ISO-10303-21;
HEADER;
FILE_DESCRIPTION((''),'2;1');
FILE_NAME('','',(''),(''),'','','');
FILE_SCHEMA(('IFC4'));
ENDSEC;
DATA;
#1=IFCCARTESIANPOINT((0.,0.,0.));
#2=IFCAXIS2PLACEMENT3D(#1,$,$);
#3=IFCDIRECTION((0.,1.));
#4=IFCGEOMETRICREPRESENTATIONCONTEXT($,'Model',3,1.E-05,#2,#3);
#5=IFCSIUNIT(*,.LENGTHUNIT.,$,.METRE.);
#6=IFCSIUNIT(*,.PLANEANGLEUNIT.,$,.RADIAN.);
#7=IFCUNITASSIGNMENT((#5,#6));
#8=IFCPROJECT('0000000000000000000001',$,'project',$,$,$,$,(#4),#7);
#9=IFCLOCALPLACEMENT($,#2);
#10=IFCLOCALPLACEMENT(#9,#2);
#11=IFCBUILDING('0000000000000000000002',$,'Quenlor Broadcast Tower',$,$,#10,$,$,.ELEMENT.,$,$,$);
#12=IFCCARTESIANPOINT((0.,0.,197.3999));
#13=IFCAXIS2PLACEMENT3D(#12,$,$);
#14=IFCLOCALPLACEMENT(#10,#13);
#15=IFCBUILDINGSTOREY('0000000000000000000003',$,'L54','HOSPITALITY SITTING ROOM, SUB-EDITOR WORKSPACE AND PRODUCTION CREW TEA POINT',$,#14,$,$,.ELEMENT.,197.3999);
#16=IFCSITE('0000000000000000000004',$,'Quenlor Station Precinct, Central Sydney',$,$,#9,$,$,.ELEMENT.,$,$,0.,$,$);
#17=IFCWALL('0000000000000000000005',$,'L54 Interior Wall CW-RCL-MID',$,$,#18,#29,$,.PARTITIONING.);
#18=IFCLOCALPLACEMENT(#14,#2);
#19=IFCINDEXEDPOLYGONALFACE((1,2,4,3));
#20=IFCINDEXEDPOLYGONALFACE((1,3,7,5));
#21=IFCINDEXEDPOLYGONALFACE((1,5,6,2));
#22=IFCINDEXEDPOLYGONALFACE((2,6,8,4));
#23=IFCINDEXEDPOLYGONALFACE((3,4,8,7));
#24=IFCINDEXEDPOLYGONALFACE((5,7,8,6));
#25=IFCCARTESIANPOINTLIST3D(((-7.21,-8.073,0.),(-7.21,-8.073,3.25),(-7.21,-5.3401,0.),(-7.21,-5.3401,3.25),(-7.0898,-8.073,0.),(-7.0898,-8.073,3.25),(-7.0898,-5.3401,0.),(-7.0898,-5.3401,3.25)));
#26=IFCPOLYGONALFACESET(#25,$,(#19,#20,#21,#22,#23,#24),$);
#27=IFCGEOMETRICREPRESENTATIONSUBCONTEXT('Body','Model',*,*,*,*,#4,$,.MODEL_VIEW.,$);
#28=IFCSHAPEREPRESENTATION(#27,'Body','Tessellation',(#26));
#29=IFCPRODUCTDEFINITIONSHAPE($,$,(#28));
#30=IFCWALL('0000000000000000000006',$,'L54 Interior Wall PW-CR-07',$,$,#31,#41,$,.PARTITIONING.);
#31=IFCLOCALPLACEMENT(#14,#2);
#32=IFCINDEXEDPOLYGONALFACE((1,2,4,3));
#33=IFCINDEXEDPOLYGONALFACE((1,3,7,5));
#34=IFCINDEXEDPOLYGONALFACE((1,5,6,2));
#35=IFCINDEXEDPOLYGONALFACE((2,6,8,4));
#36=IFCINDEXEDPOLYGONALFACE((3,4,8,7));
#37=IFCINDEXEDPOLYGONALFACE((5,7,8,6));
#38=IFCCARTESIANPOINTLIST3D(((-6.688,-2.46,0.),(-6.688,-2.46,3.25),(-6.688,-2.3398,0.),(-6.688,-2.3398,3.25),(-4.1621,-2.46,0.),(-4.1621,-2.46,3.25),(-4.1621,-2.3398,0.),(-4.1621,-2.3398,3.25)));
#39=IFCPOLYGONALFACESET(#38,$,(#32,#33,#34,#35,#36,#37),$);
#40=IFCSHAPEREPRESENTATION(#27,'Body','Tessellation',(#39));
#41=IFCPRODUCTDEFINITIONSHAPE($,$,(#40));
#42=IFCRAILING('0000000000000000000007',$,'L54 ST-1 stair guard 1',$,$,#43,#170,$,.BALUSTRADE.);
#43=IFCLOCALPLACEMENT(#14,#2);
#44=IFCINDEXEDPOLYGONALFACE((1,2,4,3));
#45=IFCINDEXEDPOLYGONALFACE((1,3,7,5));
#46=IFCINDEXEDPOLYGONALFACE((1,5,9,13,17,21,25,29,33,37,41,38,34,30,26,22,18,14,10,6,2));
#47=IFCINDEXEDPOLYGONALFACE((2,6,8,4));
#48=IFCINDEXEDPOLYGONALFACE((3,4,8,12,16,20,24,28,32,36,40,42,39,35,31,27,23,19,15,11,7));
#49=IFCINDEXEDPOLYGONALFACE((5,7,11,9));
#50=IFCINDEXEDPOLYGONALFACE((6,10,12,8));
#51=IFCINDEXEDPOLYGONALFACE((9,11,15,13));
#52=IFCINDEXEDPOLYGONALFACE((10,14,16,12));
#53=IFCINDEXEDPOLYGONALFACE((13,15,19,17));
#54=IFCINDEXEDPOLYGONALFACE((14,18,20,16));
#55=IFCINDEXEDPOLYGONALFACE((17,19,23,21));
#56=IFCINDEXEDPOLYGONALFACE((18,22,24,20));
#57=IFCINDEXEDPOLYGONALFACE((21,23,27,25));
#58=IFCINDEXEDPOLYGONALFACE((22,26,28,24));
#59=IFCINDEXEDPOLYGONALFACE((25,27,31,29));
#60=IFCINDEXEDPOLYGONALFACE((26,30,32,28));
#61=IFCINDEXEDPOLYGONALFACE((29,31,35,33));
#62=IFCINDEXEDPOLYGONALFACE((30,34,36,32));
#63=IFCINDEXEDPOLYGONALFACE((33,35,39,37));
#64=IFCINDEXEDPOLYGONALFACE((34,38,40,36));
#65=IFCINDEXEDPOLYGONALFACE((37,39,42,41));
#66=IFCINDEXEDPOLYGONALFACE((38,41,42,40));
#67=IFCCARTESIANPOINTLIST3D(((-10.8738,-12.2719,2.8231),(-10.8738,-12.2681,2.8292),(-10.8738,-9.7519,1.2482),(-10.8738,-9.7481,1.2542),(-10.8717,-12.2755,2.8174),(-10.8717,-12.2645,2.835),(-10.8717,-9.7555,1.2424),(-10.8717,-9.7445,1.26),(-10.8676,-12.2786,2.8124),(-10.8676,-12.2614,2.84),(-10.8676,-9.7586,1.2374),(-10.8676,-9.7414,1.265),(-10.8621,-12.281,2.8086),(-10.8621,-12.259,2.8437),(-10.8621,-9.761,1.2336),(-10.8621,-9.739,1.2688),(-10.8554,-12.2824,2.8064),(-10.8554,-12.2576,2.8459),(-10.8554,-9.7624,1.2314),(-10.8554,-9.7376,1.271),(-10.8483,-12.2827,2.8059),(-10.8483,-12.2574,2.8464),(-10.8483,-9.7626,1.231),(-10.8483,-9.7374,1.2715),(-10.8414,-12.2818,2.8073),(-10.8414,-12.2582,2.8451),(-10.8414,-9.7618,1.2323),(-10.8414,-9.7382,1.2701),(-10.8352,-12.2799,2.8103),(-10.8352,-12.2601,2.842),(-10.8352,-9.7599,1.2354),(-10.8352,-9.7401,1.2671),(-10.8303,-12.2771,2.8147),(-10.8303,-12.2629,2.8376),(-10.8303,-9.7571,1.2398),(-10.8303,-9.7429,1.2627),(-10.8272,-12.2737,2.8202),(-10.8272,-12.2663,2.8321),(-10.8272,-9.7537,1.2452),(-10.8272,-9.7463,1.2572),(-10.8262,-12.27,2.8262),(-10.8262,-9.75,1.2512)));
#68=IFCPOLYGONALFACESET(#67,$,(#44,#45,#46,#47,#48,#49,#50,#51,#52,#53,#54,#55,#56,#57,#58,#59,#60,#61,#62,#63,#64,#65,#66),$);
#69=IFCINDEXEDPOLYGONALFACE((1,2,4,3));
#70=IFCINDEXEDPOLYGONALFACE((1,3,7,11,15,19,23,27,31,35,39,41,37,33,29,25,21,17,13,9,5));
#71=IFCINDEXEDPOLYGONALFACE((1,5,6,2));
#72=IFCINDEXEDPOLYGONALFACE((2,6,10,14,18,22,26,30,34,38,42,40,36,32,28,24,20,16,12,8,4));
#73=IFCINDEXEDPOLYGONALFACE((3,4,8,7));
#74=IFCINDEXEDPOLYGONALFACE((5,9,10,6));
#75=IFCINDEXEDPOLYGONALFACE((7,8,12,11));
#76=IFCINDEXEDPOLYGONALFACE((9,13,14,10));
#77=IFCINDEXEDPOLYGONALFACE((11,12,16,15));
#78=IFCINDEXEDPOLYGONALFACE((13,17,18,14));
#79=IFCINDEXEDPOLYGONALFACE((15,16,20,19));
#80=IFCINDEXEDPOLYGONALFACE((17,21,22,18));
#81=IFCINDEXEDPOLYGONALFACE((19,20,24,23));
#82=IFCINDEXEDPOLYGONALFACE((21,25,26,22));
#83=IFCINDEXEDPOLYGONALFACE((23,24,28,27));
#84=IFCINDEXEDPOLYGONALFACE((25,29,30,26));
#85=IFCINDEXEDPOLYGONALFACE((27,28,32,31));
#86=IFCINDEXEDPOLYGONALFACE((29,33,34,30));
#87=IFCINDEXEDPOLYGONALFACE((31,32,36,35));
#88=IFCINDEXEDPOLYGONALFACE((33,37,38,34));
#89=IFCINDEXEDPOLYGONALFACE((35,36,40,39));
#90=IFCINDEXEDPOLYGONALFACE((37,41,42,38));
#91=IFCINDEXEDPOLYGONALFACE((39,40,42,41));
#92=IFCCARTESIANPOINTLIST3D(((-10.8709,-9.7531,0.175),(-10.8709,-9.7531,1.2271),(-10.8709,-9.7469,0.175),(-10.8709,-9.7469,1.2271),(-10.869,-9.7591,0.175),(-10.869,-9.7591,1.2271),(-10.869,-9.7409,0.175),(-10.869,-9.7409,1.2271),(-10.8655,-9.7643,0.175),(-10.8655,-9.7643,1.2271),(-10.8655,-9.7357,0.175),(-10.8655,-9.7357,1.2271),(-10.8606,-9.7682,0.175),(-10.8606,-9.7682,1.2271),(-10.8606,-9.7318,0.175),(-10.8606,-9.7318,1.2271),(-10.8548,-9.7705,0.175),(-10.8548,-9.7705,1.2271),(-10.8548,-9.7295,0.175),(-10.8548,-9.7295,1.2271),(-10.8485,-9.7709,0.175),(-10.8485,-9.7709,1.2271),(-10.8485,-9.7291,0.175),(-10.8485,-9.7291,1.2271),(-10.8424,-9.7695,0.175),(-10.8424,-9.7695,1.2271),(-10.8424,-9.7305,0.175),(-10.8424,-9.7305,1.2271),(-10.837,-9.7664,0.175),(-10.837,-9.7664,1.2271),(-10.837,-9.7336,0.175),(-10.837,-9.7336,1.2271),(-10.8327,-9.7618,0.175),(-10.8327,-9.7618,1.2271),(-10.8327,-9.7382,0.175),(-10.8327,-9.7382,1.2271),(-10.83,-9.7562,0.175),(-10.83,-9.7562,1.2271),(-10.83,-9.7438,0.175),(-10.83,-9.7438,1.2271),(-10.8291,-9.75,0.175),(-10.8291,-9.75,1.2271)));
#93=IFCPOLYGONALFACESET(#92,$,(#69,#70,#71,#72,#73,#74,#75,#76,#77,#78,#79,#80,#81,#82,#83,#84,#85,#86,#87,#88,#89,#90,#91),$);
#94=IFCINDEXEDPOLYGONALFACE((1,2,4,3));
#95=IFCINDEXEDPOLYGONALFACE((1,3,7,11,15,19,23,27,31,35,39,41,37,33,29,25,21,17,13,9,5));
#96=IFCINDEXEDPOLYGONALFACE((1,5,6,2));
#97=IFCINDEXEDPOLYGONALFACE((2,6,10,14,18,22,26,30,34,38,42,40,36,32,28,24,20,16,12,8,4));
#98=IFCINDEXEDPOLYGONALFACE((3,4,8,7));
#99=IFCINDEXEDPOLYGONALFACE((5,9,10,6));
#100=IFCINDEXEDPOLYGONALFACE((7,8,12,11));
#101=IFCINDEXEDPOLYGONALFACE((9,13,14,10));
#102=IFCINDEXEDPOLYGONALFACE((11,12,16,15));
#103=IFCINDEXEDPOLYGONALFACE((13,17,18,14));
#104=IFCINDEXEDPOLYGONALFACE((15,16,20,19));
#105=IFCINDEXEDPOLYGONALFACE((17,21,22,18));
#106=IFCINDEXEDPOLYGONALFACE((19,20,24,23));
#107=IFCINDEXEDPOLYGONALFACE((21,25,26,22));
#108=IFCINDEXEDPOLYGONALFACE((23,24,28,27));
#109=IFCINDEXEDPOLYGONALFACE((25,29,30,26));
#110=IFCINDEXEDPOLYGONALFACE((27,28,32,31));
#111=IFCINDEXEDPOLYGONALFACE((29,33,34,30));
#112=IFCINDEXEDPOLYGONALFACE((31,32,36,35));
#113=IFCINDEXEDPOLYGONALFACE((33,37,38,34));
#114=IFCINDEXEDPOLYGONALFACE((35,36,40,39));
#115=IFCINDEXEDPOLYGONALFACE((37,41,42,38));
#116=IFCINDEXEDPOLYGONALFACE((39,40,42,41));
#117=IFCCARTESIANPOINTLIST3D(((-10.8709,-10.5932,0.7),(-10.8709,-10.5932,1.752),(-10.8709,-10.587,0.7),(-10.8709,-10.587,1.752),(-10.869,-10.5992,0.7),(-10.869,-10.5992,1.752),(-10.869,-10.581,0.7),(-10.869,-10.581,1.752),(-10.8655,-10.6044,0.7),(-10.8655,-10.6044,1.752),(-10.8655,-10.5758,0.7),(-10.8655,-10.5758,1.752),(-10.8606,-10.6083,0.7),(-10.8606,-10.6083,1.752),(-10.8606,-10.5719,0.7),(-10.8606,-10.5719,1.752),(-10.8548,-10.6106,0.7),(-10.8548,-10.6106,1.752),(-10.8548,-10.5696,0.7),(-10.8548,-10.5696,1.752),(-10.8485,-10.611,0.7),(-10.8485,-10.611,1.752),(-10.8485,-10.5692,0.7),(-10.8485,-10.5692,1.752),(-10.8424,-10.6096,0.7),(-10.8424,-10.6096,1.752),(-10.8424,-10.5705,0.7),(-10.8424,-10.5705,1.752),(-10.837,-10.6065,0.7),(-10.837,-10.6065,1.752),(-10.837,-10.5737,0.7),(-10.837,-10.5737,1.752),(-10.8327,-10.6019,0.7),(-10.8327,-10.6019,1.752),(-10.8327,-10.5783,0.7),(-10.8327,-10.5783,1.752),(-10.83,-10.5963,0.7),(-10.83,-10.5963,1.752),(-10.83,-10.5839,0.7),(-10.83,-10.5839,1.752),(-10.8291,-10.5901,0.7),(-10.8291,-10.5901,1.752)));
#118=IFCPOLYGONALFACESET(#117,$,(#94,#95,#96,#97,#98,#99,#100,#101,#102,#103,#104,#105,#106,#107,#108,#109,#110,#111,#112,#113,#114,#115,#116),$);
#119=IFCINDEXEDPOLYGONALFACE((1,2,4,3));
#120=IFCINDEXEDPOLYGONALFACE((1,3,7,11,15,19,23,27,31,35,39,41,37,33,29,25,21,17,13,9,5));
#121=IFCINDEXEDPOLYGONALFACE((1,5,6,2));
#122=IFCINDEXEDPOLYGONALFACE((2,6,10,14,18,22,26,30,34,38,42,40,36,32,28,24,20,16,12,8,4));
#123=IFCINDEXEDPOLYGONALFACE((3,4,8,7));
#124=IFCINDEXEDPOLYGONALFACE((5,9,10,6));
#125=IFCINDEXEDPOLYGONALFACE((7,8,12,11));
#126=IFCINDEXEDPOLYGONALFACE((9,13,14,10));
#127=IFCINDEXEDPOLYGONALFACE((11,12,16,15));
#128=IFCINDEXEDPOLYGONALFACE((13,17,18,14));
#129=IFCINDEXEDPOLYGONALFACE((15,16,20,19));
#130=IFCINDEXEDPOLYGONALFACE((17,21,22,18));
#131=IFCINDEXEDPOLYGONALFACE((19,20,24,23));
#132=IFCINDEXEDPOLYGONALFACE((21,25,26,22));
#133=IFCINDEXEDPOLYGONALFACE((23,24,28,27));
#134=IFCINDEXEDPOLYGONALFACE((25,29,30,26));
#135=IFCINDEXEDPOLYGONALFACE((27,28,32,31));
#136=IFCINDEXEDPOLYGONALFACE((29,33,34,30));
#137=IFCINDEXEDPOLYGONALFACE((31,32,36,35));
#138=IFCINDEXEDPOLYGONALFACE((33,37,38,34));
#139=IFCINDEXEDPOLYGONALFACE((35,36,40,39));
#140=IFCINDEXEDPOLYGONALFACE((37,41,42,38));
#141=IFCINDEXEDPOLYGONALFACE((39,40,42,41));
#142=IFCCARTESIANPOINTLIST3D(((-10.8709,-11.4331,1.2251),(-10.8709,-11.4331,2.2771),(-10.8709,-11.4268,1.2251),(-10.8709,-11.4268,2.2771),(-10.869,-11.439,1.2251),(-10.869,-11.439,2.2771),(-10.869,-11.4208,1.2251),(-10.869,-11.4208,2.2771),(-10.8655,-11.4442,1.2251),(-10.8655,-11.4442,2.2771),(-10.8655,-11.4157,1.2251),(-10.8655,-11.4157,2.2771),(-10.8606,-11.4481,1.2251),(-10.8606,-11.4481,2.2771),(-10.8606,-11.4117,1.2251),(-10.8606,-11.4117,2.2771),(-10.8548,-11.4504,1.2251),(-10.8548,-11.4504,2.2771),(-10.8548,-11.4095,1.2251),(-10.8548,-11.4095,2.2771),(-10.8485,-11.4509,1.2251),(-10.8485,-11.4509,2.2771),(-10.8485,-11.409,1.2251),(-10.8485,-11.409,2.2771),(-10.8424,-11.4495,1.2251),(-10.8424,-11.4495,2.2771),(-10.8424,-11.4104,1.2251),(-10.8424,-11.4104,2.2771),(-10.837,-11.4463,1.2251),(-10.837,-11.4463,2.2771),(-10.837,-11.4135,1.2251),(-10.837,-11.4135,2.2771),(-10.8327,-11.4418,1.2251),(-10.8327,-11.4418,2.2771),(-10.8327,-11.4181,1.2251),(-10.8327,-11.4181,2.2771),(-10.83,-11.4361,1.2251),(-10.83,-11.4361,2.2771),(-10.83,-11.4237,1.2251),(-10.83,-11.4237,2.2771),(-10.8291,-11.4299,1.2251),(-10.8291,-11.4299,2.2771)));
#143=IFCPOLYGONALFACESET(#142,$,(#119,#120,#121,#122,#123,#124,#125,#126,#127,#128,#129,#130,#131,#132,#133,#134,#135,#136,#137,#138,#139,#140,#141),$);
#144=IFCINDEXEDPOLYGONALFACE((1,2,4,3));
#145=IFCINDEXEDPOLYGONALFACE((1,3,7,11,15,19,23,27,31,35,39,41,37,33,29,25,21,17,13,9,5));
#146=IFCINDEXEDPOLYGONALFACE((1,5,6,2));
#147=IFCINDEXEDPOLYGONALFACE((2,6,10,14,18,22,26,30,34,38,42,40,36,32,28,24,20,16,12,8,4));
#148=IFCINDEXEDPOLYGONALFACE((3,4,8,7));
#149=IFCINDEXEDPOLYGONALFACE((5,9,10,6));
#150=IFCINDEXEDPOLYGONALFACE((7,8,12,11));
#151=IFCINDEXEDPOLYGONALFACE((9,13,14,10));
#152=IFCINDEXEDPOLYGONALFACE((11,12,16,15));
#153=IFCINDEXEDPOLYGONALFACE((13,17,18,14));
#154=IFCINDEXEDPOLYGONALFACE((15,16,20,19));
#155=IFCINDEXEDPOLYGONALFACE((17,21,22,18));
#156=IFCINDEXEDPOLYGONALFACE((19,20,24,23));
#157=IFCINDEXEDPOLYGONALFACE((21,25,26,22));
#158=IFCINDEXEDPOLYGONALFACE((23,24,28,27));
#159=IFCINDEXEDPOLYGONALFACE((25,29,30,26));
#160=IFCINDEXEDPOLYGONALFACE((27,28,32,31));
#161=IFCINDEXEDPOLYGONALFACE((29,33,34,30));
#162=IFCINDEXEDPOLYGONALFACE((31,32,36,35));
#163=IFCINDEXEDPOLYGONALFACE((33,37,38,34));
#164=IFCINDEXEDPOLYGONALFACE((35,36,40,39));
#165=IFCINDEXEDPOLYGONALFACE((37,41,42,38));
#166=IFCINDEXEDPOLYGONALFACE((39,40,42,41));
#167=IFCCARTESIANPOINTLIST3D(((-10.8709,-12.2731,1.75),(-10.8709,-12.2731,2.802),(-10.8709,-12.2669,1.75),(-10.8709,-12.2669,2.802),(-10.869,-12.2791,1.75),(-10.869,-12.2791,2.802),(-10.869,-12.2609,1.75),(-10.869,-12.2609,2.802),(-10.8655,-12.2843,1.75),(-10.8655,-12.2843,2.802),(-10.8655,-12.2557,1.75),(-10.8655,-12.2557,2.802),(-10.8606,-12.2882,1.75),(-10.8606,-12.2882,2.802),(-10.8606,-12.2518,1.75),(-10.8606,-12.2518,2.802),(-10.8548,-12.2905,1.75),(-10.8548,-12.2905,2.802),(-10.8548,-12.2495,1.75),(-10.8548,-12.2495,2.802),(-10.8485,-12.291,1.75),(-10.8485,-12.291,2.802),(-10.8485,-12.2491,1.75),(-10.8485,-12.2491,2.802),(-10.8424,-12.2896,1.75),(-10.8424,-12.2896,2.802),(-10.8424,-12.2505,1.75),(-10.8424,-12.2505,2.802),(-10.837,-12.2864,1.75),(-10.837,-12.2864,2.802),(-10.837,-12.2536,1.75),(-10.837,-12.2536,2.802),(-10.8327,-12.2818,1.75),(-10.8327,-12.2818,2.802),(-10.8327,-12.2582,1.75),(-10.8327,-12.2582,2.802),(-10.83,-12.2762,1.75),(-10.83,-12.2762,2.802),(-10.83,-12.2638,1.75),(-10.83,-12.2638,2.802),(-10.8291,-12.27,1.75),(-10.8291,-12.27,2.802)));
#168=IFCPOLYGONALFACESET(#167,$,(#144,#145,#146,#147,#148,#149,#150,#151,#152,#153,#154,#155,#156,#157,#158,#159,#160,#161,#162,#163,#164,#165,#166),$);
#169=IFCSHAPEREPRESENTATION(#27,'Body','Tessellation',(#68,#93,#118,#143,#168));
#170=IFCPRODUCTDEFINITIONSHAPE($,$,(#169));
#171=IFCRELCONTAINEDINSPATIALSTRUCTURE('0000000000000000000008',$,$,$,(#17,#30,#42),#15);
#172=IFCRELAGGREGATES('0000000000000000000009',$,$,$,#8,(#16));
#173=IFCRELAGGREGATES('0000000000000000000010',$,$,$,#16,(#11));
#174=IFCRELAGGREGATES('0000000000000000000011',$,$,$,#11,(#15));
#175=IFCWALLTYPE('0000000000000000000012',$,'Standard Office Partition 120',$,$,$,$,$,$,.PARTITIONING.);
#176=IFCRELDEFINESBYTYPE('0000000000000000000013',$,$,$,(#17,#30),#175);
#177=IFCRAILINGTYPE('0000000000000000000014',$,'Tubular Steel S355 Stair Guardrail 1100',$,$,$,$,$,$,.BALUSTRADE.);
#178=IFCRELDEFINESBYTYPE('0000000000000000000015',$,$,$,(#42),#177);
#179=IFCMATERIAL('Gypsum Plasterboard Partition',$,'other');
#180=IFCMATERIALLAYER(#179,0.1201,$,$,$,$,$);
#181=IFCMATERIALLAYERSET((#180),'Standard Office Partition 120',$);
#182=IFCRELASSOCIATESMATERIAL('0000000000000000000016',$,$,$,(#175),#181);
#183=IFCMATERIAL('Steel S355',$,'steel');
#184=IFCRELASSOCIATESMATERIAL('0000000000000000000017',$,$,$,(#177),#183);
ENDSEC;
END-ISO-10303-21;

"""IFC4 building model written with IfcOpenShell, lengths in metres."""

from ifc_helpers import new_model, si_unit, direction, frame, frame_2d, origin, origin_2d, place, context, subcontext, project, spatial, rectangle, circle, extrude, material, layer, layer_set, type_object, element, save


model = new_model("IFC4")

# Units and contexts
model_context = context("Model", 3, precision=1e-05, world=origin(), true_north=direction((0.0, 1.0)))
body_context = subcontext(model_context, "Body", "Model", "MODEL_VIEW")
ifc_project = project(units=[si_unit("LENGTHUNIT", "METRE"), si_unit("PLANEANGLEUNIT", "RADIAN")], contexts=[model_context])

# Site, building, storey
site_placement = place(None, origin())
site = spatial("IfcSite", under=ifc_project, at=site_placement, Name="Quenlor Station Precinct, Central Sydney", CompositionType="ELEMENT", RefElevation=0.0)
building_placement = place(site_placement, origin())
building = spatial("IfcBuilding", under=site, at=building_placement, Name="Quenlor Broadcast Tower", CompositionType="ELEMENT")
storey_placement = place(building_placement, frame((0.0, 0.0, 197.3999)))
storey = spatial("IfcBuildingStorey", under=building, at=storey_placement, Name="L54", Description="HOSPITALITY SITTING ROOM, SUB-EDITOR WORKSPACE AND PRODUCTION CREW TEA POINT", CompositionType="ELEMENT", Elevation=197.3999)

# Wall
ifc_material_1 = material(Name="Gypsum Plasterboard Partition", Category="other")
ifc_layer_1 = layer(ifc_material_1, 0.1201)
ifc_layer_set_1 = layer_set([ifc_layer_1], Name="Standard Office Partition 120")
wall_type_1 = type_object("IfcWallType", Name="Standard Office Partition 120", PredefinedType="PARTITIONING", material=ifc_layer_set_1)
wall_1_placement = place(storey_placement, frame((-7.1499, -8.073, 0.0), z_axis=(0.0, 0.0, 1.0), x_axis=(0.0, 1.0, 0.0)))
element("IfcWall", 1, at=wall_1_placement, inside=storey, type_object=wall_type_1, Name="L54 Interior Wall CW-RCL-MID", PredefinedType="PARTITIONING", context=body_context, shape_type="SweptSolid", body=[
    extrude(rectangle(XDim=2.7329, YDim=0.1201, at=frame_2d((1.3665, 0.0))), origin(), (0.0, 0.0, 1.0), 3.25),
])

# Wall
wall_2_placement = place(storey_placement, frame((-6.688, -2.3999, 0.0), z_axis=(0.0, 0.0, 1.0), x_axis=(1.0, 0.0, 0.0)))
element("IfcWall", 2, at=wall_2_placement, inside=storey, type_object=wall_type_1, Name="L54 Interior Wall PW-CR-07", PredefinedType="PARTITIONING", context=body_context, shape_type="SweptSolid", body=[
    extrude(rectangle(XDim=2.5259, YDim=0.1201, at=frame_2d((1.2629, 0.0))), origin(), (0.0, 0.0, 1.0), 3.25),
])

# Railing
ifc_material_2 = material(Name="Steel S355", Category="steel")
railing_type = type_object("IfcRailingType", Name="Tubular Steel S355 Stair Guardrail 1100", PredefinedType="BALUSTRADE", material=ifc_material_2)
railing_1_placement = place(storey_placement, frame((-10.8501, -9.75, 0.175)))
element("IfcRailing", 3, at=railing_1_placement, inside=storey, type_object=railing_type, Name="L54 ST-1 stair guard 1", PredefinedType="BALUSTRADE", context=body_context, shape_type="SweptSolid", body=[
    extrude(circle(Radius=0.0239, at=origin_2d()), frame((0.0, 0.0, 1.0762), z_axis=(0.0, -0.848008, 0.529984), x_axis=(1.0, 0.0, 0.0)), (0.0, 0.0, 1.0), 2.9717),
    extrude(circle(Radius=0.021, at=origin_2d()), origin(), (0.0, 0.0, 1.0), 1.052),
    extrude(circle(Radius=0.021, at=origin_2d()), frame((0.0, -0.8401, 0.5249)), (0.0, 0.0, 1.0), 1.052),
    extrude(circle(Radius=0.021, at=origin_2d()), frame((0.0, -1.6799, 1.05)), (0.0, 0.0, 1.0), 1.052),
    extrude(circle(Radius=0.021, at=origin_2d()), frame((0.0, -2.52, 1.575)), (0.0, 0.0, 1.0), 1.052),
])

save(model, "model.ifc")
